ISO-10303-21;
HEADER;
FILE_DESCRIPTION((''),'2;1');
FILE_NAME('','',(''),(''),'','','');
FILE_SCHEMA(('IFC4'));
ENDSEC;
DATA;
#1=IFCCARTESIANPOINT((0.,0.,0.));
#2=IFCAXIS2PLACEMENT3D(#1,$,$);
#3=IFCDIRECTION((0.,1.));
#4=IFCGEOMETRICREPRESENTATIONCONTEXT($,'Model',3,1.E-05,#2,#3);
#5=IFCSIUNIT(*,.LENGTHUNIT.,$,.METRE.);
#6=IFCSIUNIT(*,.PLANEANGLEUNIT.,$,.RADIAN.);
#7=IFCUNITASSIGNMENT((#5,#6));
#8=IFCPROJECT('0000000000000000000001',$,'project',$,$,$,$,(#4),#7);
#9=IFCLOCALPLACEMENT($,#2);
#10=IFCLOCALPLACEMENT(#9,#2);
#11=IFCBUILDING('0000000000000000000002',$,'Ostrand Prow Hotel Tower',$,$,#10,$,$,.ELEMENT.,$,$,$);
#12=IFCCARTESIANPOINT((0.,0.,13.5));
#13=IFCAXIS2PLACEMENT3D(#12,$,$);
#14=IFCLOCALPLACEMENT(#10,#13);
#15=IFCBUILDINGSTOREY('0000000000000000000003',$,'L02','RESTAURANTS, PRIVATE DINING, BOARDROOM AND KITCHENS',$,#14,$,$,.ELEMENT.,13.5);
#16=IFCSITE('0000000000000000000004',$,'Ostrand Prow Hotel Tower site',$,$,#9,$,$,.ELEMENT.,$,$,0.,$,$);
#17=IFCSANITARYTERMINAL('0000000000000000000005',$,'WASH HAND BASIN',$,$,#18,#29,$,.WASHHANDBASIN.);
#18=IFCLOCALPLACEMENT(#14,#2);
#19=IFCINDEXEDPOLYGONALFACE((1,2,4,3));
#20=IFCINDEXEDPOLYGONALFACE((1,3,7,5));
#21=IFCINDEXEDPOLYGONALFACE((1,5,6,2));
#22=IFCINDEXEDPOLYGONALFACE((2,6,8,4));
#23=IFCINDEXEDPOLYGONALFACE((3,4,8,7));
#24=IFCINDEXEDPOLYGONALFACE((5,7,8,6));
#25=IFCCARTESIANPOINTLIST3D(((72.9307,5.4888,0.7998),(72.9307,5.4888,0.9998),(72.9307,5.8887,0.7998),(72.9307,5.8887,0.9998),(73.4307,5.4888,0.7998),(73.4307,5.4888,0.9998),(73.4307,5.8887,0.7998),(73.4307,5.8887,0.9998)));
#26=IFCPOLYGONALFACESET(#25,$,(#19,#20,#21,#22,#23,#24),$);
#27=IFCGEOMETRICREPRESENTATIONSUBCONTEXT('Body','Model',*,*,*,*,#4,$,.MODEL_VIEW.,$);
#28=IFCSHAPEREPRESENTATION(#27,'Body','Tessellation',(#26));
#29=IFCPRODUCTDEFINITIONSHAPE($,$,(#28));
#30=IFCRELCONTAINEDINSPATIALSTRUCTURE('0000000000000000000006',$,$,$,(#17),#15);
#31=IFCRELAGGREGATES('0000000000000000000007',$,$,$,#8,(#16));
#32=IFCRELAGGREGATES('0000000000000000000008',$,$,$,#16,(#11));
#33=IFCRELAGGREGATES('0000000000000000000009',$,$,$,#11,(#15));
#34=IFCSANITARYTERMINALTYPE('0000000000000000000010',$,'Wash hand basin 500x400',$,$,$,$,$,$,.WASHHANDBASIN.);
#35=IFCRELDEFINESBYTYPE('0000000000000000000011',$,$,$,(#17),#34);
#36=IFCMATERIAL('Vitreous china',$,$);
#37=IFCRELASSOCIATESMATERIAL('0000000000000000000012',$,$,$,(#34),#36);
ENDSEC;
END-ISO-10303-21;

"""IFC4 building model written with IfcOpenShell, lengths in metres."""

from ifc_helpers import new_model, si_unit, direction, frame, origin, origin_2d, place, context, subcontext, project, spatial, rectangle, extrude, material, type_object, element, save


model = new_model("IFC4")

# Units and contexts
model_context = context("Model", 3, precision=1e-05, world=origin(), true_north=direction((0.0, 1.0)))
body_context = subcontext(model_context, "Body", "Model", "MODEL_VIEW")
ifc_project = project(units=[si_unit("LENGTHUNIT", "METRE"), si_unit("PLANEANGLEUNIT", "RADIAN")], contexts=[model_context])

# Site, building, storey
site_placement = place(None, origin())
site = spatial("IfcSite", under=ifc_project, at=site_placement, Name="Ostrand Prow Hotel Tower site", CompositionType="ELEMENT", RefElevation=0.0)
building_placement = place(site_placement, origin())
building = spatial("IfcBuilding", under=site, at=building_placement, Name="Ostrand Prow Hotel Tower", CompositionType="ELEMENT")
storey_placement = place(building_placement, frame((0.0, 0.0, 13.5)))
storey = spatial("IfcBuildingStorey", under=building, at=storey_placement, Name="L02", Description="RESTAURANTS, PRIVATE DINING, BOARDROOM AND KITCHENS", CompositionType="ELEMENT", Elevation=13.5)

# Sanitary terminal
ifc_material_1 = material(Name="Vitreous china")
sanitary_terminal_type_1 = type_object("IfcSanitaryTerminalType", Name="Wash hand basin 500x400", PredefinedType="WASHHANDBASIN", material=ifc_material_1)
sanitary_terminal_1_placement = place(storey_placement, frame((73.1807, 5.6887, 0.7998), z_axis=(0.0, 0.0, 1.0), x_axis=(1.0, 0.0, 0.0)))
element("IfcSanitaryTerminal", 1, at=sanitary_terminal_1_placement, inside=storey, type_object=sanitary_terminal_type_1, Name="WASH HAND BASIN", PredefinedType="WASHHANDBASIN", context=body_context, shape_type="SweptSolid", body=[
    extrude(rectangle(XDim=0.5, YDim=0.3999, at=origin_2d()), origin(), (0.0, 0.0, 1.0), 0.2),
])

save(model, "model.ifc")
